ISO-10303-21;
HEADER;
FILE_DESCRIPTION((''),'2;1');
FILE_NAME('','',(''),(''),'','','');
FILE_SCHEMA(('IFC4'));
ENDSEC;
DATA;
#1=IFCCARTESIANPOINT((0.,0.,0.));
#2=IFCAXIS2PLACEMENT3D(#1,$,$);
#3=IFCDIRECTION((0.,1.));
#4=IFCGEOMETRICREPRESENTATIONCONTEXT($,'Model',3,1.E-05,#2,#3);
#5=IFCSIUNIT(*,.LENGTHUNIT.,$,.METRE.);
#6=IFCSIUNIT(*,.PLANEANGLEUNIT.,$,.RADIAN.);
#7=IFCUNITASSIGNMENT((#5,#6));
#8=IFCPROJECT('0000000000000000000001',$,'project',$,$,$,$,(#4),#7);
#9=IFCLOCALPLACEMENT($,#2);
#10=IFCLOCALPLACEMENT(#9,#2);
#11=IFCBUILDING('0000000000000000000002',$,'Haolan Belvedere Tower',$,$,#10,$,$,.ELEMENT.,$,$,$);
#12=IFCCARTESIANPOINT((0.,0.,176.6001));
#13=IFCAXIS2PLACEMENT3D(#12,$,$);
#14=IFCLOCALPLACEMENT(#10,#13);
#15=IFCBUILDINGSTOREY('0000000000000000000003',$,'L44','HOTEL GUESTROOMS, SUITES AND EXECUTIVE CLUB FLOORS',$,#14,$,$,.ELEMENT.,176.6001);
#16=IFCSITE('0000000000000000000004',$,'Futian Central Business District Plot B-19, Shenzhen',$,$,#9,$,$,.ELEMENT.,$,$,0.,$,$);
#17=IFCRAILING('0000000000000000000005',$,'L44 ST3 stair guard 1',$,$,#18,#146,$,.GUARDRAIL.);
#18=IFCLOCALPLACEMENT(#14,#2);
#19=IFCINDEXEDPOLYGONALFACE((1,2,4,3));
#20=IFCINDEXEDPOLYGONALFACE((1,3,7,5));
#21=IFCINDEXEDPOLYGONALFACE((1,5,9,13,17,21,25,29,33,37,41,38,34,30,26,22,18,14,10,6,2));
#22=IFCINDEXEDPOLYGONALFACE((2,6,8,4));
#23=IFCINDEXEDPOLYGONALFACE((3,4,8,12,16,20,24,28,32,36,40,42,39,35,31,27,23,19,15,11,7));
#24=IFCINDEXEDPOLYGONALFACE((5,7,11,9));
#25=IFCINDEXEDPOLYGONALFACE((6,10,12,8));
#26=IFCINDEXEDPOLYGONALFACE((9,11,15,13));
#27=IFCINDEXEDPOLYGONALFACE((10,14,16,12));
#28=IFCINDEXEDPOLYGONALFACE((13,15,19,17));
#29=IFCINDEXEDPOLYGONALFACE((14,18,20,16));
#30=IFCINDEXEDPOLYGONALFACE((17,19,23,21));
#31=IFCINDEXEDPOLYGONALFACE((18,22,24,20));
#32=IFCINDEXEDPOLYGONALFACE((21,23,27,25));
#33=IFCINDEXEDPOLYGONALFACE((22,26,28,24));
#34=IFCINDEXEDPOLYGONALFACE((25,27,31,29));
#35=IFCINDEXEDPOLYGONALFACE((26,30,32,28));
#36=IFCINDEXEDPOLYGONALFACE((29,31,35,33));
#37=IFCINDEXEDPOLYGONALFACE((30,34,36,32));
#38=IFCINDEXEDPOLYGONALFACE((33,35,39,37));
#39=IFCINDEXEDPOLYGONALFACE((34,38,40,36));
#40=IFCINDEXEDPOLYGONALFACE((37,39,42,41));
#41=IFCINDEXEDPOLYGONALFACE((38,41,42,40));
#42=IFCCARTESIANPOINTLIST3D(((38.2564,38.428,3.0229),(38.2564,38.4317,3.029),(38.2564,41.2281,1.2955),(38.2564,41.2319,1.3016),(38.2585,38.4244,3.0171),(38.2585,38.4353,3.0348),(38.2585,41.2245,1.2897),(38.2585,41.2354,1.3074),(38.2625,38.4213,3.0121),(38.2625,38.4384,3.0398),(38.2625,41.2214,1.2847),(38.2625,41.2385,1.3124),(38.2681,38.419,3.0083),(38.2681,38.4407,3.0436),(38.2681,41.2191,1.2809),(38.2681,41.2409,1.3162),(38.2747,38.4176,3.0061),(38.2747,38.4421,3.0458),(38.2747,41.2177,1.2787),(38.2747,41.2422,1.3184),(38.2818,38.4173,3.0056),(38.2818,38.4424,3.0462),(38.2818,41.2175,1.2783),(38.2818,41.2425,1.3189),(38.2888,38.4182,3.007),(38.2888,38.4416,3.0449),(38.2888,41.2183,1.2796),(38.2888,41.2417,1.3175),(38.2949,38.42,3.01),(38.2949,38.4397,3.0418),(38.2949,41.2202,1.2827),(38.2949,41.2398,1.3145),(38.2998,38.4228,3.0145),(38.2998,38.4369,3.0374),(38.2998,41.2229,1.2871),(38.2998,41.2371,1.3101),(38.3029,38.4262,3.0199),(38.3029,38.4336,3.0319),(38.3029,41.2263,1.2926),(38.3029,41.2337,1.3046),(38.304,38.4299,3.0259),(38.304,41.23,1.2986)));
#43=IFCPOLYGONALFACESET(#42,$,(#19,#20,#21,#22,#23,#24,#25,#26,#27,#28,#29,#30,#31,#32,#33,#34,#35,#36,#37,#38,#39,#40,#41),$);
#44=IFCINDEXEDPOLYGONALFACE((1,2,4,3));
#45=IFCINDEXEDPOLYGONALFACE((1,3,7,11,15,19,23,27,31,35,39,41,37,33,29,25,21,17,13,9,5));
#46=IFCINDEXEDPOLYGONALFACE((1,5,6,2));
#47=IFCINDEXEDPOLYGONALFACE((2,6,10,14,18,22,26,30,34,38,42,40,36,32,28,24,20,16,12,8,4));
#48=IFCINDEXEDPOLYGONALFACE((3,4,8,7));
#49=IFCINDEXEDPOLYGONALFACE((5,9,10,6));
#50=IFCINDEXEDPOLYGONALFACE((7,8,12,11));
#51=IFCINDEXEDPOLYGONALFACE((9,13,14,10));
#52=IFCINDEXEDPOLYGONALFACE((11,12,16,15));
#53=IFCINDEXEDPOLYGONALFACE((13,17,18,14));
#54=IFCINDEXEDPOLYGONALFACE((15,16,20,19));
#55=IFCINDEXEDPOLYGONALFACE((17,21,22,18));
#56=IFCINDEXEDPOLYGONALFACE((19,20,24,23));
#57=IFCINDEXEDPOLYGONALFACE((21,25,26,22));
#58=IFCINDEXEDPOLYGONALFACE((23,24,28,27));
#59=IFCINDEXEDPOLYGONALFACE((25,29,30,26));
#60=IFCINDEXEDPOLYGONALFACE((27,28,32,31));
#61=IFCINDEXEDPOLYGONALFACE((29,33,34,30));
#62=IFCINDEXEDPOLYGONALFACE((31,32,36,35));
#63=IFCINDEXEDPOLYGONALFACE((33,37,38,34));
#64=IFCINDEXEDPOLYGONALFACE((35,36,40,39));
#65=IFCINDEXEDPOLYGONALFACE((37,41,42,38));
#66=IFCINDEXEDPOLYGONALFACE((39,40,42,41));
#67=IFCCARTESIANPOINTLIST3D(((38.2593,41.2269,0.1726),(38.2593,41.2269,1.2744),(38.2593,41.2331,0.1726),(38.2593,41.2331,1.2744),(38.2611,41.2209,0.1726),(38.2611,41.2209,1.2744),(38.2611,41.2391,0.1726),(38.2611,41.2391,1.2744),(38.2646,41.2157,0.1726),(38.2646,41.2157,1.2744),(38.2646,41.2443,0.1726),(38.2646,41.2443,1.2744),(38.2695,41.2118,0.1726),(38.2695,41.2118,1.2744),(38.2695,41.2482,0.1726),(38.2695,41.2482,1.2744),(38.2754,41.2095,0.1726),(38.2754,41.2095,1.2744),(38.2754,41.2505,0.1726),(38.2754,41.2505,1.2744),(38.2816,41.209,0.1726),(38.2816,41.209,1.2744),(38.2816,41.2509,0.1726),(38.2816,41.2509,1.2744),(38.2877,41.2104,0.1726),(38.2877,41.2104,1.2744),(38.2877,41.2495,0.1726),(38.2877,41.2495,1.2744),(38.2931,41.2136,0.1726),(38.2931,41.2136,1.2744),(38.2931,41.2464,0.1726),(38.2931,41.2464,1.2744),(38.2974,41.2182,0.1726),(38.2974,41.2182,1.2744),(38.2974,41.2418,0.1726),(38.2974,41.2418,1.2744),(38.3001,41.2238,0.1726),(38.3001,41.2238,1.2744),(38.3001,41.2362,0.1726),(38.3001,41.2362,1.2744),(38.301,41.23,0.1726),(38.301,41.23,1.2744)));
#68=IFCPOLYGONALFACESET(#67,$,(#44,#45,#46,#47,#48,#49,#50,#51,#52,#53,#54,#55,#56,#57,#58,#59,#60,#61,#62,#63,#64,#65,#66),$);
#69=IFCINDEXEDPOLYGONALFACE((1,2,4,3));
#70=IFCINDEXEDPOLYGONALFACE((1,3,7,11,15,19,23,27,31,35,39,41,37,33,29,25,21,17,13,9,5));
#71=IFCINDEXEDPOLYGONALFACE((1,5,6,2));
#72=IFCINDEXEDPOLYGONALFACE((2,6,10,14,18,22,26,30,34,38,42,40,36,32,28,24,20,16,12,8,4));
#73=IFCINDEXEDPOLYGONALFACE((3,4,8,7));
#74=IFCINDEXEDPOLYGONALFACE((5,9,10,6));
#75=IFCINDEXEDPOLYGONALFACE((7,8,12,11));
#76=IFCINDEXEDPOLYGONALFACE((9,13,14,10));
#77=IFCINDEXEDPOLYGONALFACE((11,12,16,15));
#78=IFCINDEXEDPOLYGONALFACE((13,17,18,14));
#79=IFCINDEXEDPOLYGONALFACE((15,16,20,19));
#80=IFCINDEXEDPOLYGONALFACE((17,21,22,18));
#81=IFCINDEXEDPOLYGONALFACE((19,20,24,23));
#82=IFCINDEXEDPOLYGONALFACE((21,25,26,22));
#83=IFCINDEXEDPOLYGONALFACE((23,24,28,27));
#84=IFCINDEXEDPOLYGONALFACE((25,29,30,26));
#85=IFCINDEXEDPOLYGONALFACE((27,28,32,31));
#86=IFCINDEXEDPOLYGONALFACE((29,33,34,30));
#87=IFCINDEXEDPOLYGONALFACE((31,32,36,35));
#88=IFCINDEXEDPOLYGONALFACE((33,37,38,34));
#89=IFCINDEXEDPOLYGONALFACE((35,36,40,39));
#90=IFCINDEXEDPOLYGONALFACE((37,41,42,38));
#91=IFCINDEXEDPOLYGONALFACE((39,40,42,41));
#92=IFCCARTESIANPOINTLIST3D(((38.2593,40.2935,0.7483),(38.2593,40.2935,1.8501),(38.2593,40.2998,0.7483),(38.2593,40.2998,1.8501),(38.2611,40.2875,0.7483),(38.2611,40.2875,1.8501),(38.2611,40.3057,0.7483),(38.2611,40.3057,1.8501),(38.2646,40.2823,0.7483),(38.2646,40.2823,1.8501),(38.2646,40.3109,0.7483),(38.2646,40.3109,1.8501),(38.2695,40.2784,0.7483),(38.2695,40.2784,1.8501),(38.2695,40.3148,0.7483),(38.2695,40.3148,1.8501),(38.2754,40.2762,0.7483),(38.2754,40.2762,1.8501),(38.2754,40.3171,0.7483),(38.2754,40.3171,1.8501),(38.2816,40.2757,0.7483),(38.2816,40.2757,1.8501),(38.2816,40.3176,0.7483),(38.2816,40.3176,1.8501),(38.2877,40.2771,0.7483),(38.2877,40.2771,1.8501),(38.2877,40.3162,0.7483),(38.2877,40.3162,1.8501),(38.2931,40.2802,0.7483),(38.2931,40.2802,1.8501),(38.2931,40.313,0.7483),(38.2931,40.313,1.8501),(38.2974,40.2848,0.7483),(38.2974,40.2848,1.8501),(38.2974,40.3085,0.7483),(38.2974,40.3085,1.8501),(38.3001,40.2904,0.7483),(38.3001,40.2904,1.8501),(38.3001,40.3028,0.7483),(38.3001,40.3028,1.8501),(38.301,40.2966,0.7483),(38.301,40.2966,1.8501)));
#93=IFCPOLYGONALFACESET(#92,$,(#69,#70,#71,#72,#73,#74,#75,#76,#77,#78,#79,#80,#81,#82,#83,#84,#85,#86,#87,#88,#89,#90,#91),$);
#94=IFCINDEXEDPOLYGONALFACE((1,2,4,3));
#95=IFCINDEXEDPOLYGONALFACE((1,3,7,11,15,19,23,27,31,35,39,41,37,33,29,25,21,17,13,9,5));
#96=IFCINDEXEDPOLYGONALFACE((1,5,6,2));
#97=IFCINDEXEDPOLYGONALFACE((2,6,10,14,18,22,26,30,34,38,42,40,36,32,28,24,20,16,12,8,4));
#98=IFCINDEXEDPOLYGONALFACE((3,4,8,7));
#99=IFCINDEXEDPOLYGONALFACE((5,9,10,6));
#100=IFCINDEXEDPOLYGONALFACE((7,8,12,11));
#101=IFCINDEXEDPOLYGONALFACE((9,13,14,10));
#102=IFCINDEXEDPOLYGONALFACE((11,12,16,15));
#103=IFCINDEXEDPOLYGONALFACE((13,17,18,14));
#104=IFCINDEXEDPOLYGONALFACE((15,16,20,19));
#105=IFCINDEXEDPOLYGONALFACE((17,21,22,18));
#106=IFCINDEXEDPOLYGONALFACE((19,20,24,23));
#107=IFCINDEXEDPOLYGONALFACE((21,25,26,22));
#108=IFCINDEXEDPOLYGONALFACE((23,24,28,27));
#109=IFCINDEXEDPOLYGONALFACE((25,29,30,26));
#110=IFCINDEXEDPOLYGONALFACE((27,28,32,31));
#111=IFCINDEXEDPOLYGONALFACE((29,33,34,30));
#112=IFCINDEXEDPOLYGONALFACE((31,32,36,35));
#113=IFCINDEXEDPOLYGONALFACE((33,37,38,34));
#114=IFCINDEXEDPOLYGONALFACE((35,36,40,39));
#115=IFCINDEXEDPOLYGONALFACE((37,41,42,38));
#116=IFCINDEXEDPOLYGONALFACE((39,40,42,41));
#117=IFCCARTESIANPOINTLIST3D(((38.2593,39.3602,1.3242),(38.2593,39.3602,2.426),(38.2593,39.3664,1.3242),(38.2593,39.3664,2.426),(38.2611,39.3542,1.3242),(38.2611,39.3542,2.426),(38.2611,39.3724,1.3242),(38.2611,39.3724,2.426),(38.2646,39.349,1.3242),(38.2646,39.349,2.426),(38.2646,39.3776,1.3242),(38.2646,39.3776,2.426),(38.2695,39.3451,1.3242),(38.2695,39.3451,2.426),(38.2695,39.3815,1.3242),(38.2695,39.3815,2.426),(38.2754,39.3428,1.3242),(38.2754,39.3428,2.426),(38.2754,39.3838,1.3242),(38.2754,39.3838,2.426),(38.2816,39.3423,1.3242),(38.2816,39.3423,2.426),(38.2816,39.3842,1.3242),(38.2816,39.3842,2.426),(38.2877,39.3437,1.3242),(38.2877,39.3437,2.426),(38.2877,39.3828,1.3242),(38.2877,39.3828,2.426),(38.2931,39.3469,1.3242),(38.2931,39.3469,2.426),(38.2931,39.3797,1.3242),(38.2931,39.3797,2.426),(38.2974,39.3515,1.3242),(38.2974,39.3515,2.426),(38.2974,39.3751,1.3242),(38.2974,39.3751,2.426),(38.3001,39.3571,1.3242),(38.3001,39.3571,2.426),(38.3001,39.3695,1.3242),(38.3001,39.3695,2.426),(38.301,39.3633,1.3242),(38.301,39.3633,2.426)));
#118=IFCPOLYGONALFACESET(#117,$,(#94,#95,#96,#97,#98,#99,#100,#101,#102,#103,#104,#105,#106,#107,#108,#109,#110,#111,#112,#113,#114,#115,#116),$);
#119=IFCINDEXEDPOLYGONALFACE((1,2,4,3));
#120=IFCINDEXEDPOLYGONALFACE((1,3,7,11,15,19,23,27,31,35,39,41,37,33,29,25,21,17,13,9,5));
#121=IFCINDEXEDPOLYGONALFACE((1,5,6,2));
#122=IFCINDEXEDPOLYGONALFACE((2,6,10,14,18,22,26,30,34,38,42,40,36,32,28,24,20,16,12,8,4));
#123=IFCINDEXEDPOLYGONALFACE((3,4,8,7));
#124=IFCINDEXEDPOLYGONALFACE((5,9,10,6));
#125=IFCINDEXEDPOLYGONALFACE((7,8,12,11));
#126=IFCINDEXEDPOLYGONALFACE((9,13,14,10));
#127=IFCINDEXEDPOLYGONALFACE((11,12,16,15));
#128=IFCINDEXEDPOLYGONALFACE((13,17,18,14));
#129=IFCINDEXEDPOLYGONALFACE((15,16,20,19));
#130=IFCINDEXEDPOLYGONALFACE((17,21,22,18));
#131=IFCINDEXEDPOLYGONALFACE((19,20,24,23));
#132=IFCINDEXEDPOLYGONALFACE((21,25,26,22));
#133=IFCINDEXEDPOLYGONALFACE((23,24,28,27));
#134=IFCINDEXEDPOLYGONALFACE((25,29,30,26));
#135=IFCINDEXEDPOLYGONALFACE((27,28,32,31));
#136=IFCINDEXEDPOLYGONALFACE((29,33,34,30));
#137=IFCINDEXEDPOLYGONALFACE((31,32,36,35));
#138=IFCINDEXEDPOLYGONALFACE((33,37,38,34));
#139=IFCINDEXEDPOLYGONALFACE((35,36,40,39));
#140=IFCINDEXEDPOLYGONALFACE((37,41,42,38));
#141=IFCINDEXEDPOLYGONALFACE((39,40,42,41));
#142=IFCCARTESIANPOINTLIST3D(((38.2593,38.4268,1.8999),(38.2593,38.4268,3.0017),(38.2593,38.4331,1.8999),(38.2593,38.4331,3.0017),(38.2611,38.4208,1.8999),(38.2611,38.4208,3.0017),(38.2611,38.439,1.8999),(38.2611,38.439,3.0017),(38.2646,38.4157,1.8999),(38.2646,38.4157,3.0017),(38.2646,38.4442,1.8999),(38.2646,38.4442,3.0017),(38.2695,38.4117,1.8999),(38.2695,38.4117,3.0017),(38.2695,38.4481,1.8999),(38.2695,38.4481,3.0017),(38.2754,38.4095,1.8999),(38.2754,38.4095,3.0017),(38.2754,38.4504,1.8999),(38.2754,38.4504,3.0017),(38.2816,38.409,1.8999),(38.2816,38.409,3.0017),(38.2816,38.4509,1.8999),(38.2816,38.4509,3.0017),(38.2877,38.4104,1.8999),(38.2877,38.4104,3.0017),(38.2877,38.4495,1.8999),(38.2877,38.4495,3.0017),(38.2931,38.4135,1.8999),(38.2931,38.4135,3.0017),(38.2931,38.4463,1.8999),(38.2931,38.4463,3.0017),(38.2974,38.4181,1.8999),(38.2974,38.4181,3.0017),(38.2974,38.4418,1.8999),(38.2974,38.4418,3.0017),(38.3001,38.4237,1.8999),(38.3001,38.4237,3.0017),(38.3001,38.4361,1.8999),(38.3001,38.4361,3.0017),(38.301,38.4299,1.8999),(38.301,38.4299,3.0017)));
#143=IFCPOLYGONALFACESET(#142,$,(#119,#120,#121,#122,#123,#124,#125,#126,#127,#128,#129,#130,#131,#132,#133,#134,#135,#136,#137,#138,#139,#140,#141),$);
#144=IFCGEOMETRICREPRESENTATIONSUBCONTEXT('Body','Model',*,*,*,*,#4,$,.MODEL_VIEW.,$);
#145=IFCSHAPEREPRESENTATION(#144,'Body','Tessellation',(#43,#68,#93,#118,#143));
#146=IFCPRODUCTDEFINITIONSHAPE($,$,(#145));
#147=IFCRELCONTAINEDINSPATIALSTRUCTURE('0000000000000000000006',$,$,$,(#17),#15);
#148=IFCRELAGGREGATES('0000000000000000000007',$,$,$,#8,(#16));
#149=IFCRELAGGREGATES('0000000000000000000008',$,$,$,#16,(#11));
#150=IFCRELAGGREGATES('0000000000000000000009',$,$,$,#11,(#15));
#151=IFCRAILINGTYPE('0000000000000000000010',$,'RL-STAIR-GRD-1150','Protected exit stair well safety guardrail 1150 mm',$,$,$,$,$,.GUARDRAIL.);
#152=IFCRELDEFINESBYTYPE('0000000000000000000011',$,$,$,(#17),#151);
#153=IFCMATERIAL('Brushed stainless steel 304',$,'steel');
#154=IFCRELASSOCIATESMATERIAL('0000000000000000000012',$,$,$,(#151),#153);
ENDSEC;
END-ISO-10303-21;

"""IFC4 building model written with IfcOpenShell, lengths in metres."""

from ifc_helpers import new_model, si_unit, direction, frame, origin, origin_2d, place, context, subcontext, project, spatial, circle, extrude, material, type_object, element, save


model = new_model("IFC4")

# Units and contexts
model_context = context("Model", 3, precision=1e-05, world=origin(), true_north=direction((0.0, 1.0)))
body_context = subcontext(model_context, "Body", "Model", "MODEL_VIEW")
ifc_project = project(units=[si_unit("LENGTHUNIT", "METRE"), si_unit("PLANEANGLEUNIT", "RADIAN")], contexts=[model_context])

# Site, building, storey
site_placement = place(None, origin())
site = spatial("IfcSite", under=ifc_project, at=site_placement, Name="Futian Central Business District Plot B-19, Shenzhen", CompositionType="ELEMENT", RefElevation=0.0)
building_placement = place(site_placement, origin())
building = spatial("IfcBuilding", under=site, at=building_placement, Name="Haolan Belvedere Tower", CompositionType="ELEMENT")
storey_placement = place(building_placement, frame((0.0, 0.0, 176.6001)))
storey = spatial("IfcBuildingStorey", under=building, at=storey_placement, Name="L44", Description="HOTEL GUESTROOMS, SUITES AND EXECUTIVE CLUB FLOORS", CompositionType="ELEMENT", Elevation=176.6001)

# Railing
ifc_material_1 = material(Name="Brushed stainless steel 304", Category="steel")
railing_type_1 = type_object("IfcRailingType", Name="RL-STAIR-GRD-1150", Description="Protected exit stair well safety guardrail 1150 mm", PredefinedType="GUARDRAIL", material=ifc_material_1)
railing_1_placement = place(storey_placement, frame((38.28, 41.23, 0.1726)))
element("IfcRailing", 1, at=railing_1_placement, inside=storey, type_object=railing_type_1, Name="L44 ST3 stair guard 1", PredefinedType="GUARDRAIL", context=body_context, shape_type="SweptSolid", body=[
    extrude(circle(Radius=0.0239, at=origin_2d()), frame((0.0, 0.0, 1.126), z_axis=(0.0, -0.85109, 0.52502), x_axis=(1.0, 0.0, 0.0)), (0.0, 0.0, 1.0), 3.29),
    extrude(circle(Radius=0.021, at=origin_2d()), origin(), (0.0, 0.0, 1.0), 1.1018),
    extrude(circle(Radius=0.021, at=origin_2d()), frame((0.0, -0.9333, 0.5757)), (0.0, 0.0, 1.0), 1.1018),
    extrude(circle(Radius=0.021, at=origin_2d()), frame((0.0, -1.8667, 1.1516)), (0.0, 0.0, 1.0), 1.1018),
    extrude(circle(Radius=0.021, at=origin_2d()), frame((0.0, -2.8, 1.7273)), (0.0, 0.0, 1.0), 1.1018),
])

save(model, "model.ifc")
